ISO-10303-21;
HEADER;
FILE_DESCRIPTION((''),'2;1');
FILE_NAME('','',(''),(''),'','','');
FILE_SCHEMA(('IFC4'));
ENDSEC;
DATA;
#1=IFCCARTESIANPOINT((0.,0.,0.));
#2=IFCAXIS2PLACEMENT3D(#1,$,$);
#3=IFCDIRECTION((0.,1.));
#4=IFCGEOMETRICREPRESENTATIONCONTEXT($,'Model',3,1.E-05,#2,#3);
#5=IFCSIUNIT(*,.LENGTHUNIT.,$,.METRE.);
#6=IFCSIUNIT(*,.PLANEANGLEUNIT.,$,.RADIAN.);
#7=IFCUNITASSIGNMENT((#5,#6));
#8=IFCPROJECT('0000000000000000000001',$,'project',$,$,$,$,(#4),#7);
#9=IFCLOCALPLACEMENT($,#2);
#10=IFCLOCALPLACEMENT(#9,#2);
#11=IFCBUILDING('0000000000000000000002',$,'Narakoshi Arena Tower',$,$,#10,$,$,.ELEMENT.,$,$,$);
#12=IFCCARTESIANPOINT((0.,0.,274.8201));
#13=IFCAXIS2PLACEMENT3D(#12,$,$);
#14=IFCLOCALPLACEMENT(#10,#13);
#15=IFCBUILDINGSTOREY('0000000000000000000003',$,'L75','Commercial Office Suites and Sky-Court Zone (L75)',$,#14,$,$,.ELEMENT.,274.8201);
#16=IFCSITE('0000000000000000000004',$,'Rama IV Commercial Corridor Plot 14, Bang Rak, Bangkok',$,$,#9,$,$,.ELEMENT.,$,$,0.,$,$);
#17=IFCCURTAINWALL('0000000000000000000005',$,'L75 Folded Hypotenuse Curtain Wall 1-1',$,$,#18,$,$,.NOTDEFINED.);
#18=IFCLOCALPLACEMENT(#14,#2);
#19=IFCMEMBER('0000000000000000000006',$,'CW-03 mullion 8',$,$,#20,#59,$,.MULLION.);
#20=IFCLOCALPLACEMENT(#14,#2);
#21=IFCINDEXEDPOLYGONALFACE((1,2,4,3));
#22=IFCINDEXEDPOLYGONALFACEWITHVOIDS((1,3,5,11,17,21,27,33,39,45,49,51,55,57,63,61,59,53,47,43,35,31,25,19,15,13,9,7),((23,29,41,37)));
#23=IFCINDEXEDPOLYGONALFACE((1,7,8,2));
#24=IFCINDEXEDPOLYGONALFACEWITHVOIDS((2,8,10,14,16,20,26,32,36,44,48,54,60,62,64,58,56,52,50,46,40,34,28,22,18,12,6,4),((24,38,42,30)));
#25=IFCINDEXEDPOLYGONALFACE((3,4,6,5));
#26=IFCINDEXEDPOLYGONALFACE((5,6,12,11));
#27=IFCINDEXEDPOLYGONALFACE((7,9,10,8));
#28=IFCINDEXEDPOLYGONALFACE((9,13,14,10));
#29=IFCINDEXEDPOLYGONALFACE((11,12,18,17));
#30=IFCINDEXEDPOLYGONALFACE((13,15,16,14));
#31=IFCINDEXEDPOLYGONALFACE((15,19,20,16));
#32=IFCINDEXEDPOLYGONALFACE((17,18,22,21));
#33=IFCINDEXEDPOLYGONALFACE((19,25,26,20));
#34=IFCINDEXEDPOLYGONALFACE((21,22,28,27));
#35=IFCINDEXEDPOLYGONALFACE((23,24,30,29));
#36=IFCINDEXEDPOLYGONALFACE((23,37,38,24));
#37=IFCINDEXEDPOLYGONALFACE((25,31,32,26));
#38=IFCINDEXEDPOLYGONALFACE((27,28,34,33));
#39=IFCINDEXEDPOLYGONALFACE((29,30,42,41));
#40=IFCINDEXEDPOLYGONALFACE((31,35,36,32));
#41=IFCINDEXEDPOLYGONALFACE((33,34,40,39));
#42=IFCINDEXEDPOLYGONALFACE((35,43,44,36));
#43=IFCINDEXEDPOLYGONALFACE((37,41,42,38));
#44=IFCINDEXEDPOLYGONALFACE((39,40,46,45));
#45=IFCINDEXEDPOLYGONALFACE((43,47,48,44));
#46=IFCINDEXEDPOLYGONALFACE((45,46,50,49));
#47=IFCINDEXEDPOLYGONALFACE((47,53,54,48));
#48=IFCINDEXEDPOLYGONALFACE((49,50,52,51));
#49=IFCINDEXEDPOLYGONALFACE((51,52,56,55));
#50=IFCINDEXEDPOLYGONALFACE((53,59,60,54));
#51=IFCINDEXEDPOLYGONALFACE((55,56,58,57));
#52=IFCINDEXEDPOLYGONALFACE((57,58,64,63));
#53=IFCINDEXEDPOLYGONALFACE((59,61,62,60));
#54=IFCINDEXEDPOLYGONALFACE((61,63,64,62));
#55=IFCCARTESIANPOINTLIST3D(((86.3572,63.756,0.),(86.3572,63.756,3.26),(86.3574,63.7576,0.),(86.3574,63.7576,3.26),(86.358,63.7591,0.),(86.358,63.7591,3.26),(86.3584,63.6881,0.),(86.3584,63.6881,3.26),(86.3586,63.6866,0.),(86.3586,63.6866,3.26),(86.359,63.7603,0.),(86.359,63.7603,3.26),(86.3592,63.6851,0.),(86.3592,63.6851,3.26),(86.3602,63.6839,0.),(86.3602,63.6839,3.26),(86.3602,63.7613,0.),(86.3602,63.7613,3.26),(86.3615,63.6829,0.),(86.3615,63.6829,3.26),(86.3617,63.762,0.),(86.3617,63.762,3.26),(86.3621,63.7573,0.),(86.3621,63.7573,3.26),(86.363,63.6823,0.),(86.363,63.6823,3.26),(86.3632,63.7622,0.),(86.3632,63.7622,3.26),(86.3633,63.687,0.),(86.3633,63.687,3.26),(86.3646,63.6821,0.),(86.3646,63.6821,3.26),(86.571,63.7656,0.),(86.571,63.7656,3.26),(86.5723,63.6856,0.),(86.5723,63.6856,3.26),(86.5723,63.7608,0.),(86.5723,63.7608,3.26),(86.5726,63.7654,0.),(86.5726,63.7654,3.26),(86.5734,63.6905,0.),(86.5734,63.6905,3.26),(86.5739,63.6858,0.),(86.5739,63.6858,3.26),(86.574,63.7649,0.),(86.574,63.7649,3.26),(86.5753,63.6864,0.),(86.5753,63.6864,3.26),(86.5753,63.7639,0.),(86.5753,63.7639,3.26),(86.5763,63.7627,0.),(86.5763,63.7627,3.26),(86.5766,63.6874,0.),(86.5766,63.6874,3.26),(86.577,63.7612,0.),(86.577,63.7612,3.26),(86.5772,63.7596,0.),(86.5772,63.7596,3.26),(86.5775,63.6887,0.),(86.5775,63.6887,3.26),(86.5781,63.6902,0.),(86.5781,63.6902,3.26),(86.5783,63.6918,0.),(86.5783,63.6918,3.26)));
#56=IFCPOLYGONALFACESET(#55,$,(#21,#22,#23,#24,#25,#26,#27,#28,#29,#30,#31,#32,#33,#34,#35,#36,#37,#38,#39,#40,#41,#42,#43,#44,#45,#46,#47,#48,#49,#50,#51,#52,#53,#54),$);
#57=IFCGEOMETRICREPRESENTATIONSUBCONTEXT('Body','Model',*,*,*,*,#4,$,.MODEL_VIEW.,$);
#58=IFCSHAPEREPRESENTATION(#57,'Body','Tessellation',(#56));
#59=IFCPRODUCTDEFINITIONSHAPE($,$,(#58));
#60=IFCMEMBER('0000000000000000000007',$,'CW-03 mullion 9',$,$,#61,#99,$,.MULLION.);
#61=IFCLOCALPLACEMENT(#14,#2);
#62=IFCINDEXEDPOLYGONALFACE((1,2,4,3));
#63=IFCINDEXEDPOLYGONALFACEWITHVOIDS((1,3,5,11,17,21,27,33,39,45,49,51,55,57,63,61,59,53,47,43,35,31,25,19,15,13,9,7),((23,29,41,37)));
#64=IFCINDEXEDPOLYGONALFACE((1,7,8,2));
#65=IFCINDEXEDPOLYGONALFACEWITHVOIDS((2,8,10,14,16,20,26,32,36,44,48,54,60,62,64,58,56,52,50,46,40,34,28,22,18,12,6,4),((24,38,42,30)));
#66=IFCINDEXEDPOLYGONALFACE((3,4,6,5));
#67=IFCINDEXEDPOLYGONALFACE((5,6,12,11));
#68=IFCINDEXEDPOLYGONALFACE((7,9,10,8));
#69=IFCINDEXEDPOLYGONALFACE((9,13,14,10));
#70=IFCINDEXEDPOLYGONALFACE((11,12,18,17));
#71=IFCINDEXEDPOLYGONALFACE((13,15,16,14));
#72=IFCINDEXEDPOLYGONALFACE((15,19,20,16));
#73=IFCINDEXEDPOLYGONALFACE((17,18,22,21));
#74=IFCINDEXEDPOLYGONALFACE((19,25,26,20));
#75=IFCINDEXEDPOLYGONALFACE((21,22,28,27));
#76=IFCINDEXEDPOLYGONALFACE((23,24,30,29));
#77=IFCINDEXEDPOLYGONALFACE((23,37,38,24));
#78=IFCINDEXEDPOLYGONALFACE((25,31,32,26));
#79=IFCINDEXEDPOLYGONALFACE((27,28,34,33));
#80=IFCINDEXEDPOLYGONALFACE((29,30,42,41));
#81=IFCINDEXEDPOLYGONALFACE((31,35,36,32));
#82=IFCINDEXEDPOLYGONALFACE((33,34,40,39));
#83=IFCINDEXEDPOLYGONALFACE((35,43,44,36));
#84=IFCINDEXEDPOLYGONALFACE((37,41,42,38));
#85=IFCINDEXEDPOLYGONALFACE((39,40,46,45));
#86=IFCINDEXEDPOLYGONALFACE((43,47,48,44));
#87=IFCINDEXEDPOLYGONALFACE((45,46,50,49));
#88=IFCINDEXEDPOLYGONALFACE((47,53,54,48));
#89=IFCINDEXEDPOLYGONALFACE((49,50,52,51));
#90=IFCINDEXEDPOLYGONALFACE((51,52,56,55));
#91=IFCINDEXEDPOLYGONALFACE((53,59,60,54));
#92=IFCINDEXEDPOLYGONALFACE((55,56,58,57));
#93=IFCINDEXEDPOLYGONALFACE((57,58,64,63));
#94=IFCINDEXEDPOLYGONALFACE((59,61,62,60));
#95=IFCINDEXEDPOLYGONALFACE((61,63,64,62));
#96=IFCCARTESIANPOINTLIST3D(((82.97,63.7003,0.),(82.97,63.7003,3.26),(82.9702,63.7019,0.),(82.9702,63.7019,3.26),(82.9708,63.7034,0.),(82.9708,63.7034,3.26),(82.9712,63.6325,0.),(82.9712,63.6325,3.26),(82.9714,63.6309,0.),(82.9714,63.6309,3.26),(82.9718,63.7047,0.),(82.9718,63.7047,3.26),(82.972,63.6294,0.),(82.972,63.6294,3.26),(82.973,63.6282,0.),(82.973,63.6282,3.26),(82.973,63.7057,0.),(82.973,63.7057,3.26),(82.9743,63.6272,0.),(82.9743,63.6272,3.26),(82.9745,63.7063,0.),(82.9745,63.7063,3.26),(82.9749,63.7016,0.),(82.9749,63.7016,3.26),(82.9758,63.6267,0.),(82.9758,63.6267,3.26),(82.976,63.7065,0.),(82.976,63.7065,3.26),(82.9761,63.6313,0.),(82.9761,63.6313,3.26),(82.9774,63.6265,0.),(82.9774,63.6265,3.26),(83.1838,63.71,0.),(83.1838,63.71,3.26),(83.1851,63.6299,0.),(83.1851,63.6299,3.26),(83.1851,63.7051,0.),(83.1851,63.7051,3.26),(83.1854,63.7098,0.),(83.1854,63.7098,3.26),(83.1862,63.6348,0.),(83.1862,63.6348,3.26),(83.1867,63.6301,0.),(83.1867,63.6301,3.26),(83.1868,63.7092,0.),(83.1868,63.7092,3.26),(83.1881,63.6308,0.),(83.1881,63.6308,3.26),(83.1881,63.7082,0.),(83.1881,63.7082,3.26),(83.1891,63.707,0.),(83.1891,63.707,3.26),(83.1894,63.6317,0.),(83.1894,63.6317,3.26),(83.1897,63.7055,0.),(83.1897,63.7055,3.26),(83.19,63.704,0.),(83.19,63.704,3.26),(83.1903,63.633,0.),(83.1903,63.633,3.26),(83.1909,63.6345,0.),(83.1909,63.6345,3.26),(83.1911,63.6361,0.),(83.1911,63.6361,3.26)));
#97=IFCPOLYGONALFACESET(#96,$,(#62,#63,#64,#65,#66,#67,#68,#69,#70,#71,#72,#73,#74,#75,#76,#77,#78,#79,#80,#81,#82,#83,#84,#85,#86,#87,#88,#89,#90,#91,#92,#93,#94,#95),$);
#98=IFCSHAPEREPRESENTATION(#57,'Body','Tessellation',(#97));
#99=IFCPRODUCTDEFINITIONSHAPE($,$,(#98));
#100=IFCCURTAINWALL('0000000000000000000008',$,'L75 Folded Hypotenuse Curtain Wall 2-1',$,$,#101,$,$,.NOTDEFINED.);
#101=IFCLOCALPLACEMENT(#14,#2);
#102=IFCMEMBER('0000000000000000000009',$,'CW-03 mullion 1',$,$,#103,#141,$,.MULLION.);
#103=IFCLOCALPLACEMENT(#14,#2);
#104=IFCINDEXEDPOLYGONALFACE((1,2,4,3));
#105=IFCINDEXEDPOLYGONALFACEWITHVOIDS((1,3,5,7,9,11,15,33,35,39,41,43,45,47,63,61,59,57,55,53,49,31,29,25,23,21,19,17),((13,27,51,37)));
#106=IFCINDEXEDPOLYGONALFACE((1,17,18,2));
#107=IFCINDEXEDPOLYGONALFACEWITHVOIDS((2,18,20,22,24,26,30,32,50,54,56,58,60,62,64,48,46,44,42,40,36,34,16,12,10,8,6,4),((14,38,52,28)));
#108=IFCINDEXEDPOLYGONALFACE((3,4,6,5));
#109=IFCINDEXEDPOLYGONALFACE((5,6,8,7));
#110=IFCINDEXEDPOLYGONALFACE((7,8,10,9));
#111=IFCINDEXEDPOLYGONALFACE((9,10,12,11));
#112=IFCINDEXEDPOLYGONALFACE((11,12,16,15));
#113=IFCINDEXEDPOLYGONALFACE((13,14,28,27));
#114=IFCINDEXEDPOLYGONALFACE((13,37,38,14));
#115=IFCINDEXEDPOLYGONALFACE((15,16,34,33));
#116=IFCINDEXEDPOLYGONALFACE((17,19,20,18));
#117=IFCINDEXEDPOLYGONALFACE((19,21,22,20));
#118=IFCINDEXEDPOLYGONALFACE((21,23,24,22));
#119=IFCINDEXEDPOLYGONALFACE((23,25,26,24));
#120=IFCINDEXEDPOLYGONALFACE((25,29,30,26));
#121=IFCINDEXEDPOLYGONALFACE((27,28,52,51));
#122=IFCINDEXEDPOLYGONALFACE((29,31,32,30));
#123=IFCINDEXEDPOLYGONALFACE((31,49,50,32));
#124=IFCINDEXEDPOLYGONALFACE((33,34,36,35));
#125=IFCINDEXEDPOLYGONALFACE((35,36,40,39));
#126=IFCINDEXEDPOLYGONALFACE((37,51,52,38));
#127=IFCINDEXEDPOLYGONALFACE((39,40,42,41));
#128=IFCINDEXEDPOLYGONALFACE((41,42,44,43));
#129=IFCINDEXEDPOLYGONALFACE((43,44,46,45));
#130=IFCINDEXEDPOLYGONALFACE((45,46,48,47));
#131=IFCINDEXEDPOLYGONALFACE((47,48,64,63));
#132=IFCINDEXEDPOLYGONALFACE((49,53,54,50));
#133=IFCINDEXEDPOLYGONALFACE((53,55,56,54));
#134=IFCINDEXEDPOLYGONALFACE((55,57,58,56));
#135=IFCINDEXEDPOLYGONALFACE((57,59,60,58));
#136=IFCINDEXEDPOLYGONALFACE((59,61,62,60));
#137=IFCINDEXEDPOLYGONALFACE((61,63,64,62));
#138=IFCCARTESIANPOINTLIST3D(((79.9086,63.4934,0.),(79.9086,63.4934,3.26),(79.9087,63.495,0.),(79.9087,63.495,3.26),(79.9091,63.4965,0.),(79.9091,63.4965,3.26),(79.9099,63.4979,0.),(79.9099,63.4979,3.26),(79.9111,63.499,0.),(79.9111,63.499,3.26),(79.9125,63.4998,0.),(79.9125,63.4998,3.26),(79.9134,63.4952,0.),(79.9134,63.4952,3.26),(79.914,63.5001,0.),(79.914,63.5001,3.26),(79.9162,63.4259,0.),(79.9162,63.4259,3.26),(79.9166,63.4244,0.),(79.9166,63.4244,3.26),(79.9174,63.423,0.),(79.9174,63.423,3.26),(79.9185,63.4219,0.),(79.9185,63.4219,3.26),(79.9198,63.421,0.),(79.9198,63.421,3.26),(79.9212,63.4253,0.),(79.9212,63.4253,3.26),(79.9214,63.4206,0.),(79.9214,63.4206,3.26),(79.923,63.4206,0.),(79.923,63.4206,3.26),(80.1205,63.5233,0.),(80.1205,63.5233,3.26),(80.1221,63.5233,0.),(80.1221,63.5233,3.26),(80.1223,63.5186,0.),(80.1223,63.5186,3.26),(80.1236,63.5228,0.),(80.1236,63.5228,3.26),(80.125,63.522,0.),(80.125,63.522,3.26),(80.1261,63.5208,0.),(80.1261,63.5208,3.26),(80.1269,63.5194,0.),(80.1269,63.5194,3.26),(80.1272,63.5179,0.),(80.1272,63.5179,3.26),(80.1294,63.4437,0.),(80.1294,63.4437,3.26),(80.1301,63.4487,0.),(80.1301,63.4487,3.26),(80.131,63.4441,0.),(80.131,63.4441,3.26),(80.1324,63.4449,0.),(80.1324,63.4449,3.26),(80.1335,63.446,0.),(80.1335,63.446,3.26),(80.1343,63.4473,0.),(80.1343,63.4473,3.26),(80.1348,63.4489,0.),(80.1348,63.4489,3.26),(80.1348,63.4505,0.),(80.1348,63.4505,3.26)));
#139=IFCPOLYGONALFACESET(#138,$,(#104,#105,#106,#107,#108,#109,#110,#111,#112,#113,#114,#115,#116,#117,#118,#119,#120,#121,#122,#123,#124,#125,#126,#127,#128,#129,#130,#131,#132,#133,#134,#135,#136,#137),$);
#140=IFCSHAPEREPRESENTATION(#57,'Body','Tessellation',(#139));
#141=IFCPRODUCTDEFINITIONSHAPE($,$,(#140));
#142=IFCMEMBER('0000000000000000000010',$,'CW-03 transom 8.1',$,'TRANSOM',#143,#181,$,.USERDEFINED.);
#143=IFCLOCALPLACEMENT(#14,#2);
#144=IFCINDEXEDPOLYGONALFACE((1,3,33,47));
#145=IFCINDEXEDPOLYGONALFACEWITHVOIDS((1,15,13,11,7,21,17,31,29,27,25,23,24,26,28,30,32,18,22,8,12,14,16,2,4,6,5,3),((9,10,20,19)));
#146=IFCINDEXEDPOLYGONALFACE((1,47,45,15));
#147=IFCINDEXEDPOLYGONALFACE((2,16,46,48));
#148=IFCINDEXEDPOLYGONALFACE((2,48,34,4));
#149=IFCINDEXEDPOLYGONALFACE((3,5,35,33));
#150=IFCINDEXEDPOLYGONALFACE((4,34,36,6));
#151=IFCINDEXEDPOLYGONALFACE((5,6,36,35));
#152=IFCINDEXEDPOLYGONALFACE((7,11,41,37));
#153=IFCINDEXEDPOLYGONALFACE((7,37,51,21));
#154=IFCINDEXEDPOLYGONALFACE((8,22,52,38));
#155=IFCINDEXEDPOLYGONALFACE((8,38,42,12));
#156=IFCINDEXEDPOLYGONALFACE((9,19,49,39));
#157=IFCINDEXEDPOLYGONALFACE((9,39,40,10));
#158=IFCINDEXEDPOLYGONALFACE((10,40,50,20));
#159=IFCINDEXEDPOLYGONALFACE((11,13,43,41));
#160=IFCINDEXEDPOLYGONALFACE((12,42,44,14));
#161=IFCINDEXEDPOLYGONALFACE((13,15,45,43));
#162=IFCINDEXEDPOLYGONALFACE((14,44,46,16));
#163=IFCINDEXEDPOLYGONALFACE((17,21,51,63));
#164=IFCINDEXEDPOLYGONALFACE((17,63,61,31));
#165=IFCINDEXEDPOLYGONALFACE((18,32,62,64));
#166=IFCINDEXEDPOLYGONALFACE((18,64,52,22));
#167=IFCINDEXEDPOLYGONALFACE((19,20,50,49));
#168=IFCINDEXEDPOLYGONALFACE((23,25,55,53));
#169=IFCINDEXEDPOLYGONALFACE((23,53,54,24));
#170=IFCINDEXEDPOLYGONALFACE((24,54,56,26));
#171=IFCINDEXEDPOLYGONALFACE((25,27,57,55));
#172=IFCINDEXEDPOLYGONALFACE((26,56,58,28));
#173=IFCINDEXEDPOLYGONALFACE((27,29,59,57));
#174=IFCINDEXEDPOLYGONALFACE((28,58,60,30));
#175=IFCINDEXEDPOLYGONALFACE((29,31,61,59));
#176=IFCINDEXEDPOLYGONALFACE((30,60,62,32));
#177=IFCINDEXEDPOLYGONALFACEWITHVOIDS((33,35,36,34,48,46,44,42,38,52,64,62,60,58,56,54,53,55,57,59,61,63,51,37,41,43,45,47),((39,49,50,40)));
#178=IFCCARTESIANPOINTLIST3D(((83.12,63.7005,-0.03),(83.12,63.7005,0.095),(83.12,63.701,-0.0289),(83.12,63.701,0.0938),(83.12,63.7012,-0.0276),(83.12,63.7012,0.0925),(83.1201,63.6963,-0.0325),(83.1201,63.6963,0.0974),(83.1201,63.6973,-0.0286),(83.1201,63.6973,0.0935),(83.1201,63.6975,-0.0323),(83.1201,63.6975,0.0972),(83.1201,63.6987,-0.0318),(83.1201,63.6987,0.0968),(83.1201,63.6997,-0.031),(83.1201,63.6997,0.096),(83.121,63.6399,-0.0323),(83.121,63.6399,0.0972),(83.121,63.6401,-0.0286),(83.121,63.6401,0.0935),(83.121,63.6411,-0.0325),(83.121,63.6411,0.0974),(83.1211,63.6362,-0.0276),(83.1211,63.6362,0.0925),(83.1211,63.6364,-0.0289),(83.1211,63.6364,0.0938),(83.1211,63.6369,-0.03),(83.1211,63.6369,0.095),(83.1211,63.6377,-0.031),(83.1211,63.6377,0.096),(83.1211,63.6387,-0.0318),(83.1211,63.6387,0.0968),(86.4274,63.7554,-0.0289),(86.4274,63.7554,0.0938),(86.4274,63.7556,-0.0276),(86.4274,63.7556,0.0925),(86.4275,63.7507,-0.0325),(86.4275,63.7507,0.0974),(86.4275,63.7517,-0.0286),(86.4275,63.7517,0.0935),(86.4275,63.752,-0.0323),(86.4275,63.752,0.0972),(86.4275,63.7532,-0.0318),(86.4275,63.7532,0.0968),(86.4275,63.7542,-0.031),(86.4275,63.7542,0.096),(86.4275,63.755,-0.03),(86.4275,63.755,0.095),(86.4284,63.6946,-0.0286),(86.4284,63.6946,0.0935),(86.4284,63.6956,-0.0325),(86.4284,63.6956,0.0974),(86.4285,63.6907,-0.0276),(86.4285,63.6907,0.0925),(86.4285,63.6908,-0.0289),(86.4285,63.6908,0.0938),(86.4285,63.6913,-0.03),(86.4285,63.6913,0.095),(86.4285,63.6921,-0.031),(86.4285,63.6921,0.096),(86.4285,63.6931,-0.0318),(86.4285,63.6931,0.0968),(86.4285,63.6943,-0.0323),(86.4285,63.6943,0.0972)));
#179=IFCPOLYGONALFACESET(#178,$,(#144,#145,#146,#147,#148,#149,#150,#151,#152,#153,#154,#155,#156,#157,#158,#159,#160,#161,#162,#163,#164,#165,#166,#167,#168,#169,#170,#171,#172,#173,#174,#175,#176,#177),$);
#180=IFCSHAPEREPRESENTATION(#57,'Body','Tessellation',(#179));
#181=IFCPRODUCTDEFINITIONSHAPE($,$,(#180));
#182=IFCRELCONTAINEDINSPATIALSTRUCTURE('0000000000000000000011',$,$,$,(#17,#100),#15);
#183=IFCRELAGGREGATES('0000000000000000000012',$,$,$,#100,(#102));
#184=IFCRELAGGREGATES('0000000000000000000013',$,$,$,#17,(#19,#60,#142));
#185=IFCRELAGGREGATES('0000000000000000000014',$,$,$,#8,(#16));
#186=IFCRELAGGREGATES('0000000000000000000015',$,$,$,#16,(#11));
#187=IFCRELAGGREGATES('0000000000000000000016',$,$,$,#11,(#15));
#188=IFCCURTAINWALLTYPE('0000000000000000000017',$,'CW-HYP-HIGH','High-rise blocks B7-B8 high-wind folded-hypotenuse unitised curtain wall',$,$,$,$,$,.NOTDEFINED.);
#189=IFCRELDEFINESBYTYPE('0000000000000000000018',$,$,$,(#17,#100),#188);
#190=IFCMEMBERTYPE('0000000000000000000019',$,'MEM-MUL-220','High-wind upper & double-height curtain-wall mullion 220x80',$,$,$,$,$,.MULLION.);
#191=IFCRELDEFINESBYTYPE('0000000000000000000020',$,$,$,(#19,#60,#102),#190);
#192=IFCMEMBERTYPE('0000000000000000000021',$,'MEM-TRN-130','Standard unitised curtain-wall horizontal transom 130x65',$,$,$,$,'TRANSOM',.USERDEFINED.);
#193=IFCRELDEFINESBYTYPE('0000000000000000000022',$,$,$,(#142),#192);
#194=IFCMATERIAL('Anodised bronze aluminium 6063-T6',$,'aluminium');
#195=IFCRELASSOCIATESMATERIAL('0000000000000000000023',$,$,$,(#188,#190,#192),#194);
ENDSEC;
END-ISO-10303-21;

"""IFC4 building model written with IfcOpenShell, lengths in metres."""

from ifc_helpers import new_model, si_unit, direction, frame, origin, origin_2d, place, context, subcontext, project, spatial, hollow_rectangle, extrude, material, material_profile, profile_set, type_object, element, aggregate, save


model = new_model("IFC4")

# Units and contexts
model_context = context("Model", 3, precision=1e-05, world=origin(), true_north=direction((0.0, 1.0)))
body_context = subcontext(model_context, "Body", "Model", "MODEL_VIEW")
ifc_project = project(units=[si_unit("LENGTHUNIT", "METRE"), si_unit("PLANEANGLEUNIT", "RADIAN")], contexts=[model_context])

# Site, building, storey
site_placement = place(None, origin())
site = spatial("IfcSite", under=ifc_project, at=site_placement, Name="Rama IV Commercial Corridor Plot 14, Bang Rak, Bangkok", CompositionType="ELEMENT", RefElevation=0.0)
building_placement = place(site_placement, origin())
building = spatial("IfcBuilding", under=site, at=building_placement, Name="Narakoshi Arena Tower", CompositionType="ELEMENT")
storey_placement = place(building_placement, frame((0.0, 0.0, 274.8201)))
storey = spatial("IfcBuildingStorey", under=building, at=storey_placement, Name="L75", Description="Commercial Office Suites and Sky-Court Zone (L75)", CompositionType="ELEMENT", Elevation=274.8201)

# Curtain wall, members
ifc_material_1 = material(Name="Anodised bronze aluminium 6063-T6", Category="aluminium")
curtain_wall_type = type_object("IfcCurtainWallType", Name="CW-HYP-HIGH", Description="High-rise blocks B7-B8 high-wind folded-hypotenuse unitised curtain wall", PredefinedType="NOTDEFINED", material=ifc_material_1)
curtain_wall_1_placement = place(storey_placement, origin())
curtain_wall_1 = element("IfcCurtainWall", 1, at=curtain_wall_1_placement, inside=storey, type_object=curtain_wall_type, Name="L75 Folded Hypotenuse Curtain Wall 1-1", PredefinedType="NOTDEFINED")
ifc_material_profile_1 = material_profile(ifc_material_1, hollow_rectangle(XDim=0.0801, YDim=0.22, WallThickness=0.0049, OuterFilletRadius=0.0061, at=origin_2d()), Name="MUL220x80x5")
ifc_profile_set_1 = profile_set([ifc_material_profile_1], Name="Anodised bronze aluminium 6063-T6")
member_type_1 = type_object("IfcMemberType", Name="MEM-MUL-220", Description="High-wind upper & double-height curtain-wall mullion 220x80", PredefinedType="MULLION", material=ifc_profile_set_1)
member_1_placement = place(storey_placement, frame((86.4678, 63.7239, 0.0), z_axis=(0.0, 0.0, 1.0), x_axis=(0.016443, -0.999865, 0.0)))
member_1 = element("IfcMember", 2, at=member_1_placement, type_object=member_type_1, Name="CW-03 mullion 8", PredefinedType="MULLION", context=body_context, shape_type="SweptSolid", body=[
    extrude(hollow_rectangle(XDim=0.0801, YDim=0.22, WallThickness=0.0049, OuterFilletRadius=0.0061, at=origin_2d()), origin(), (0.0, 0.0, 1.0), 3.26),
])
member_2_placement = place(storey_placement, frame((83.0806, 63.6682, 0.0), z_axis=(0.0, 0.0, 1.0), x_axis=(0.016443, -0.999865, 0.0)))
member_2 = element("IfcMember", 3, at=member_2_placement, type_object=member_type_1, Name="CW-03 mullion 9", PredefinedType="MULLION", context=body_context, shape_type="SweptSolid", body=[
    extrude(hollow_rectangle(XDim=0.0801, YDim=0.22, WallThickness=0.0049, OuterFilletRadius=0.0061, at=origin_2d()), origin(), (0.0, 0.0, 1.0), 3.26),
])

# Curtain wall, member
curtain_wall_2_placement = place(storey_placement, origin())
curtain_wall_2 = element("IfcCurtainWall", 4, at=curtain_wall_2_placement, inside=storey, type_object=curtain_wall_type, Name="L75 Folded Hypotenuse Curtain Wall 2-1", PredefinedType="NOTDEFINED")
member_3_placement = place(storey_placement, frame((80.0217, 63.4719, 0.0), z_axis=(0.0, 0.0, 1.0), x_axis=(0.111396, -0.993776, 0.0)))
member_3 = element("IfcMember", 5, at=member_3_placement, type_object=member_type_1, Name="CW-03 mullion 1", PredefinedType="MULLION", context=body_context, shape_type="SweptSolid", body=[
    extrude(hollow_rectangle(XDim=0.0801, YDim=0.22, WallThickness=0.0049, OuterFilletRadius=0.0061, at=origin_2d()), origin(), (0.0, 0.0, 1.0), 3.26),
])

# Member
ifc_material_profile_2 = material_profile(ifc_material_1, hollow_rectangle(XDim=0.0649, YDim=0.1299, WallThickness=0.0039, OuterFilletRadius=0.0049, at=origin_2d()), Name="TRN130x65x4")
ifc_profile_set_2 = profile_set([ifc_material_profile_2], Name="Anodised bronze aluminium 6063-T6")
member_type_2 = type_object("IfcMemberType", Name="MEM-TRN-130", Description="Standard unitised curtain-wall horizontal transom 130x65", ElementType="TRANSOM", PredefinedType="USERDEFINED", material=ifc_profile_set_2)
member_4_placement = place(storey_placement, frame((86.428, 63.7231, 0.0325), z_axis=(-0.999865, -0.016459, 0.0), x_axis=(0.016459, -0.999865, 0.0)))
member_4 = element("IfcMember", 6, at=member_4_placement, type_object=member_type_2, Name="CW-03 transom 8.1", ObjectType="TRANSOM", PredefinedType="USERDEFINED", context=body_context, shape_type="SweptSolid", body=[
    extrude(hollow_rectangle(XDim=0.0649, YDim=0.1299, WallThickness=0.0039, OuterFilletRadius=0.0049, at=origin_2d()), origin(), (0.0, 0.0, 1.0), 3.3079),
])
aggregate(curtain_wall_2, [member_3])

aggregate(curtain_wall_1, [member_1, member_2, member_4])

save(model, "model.ifc")
